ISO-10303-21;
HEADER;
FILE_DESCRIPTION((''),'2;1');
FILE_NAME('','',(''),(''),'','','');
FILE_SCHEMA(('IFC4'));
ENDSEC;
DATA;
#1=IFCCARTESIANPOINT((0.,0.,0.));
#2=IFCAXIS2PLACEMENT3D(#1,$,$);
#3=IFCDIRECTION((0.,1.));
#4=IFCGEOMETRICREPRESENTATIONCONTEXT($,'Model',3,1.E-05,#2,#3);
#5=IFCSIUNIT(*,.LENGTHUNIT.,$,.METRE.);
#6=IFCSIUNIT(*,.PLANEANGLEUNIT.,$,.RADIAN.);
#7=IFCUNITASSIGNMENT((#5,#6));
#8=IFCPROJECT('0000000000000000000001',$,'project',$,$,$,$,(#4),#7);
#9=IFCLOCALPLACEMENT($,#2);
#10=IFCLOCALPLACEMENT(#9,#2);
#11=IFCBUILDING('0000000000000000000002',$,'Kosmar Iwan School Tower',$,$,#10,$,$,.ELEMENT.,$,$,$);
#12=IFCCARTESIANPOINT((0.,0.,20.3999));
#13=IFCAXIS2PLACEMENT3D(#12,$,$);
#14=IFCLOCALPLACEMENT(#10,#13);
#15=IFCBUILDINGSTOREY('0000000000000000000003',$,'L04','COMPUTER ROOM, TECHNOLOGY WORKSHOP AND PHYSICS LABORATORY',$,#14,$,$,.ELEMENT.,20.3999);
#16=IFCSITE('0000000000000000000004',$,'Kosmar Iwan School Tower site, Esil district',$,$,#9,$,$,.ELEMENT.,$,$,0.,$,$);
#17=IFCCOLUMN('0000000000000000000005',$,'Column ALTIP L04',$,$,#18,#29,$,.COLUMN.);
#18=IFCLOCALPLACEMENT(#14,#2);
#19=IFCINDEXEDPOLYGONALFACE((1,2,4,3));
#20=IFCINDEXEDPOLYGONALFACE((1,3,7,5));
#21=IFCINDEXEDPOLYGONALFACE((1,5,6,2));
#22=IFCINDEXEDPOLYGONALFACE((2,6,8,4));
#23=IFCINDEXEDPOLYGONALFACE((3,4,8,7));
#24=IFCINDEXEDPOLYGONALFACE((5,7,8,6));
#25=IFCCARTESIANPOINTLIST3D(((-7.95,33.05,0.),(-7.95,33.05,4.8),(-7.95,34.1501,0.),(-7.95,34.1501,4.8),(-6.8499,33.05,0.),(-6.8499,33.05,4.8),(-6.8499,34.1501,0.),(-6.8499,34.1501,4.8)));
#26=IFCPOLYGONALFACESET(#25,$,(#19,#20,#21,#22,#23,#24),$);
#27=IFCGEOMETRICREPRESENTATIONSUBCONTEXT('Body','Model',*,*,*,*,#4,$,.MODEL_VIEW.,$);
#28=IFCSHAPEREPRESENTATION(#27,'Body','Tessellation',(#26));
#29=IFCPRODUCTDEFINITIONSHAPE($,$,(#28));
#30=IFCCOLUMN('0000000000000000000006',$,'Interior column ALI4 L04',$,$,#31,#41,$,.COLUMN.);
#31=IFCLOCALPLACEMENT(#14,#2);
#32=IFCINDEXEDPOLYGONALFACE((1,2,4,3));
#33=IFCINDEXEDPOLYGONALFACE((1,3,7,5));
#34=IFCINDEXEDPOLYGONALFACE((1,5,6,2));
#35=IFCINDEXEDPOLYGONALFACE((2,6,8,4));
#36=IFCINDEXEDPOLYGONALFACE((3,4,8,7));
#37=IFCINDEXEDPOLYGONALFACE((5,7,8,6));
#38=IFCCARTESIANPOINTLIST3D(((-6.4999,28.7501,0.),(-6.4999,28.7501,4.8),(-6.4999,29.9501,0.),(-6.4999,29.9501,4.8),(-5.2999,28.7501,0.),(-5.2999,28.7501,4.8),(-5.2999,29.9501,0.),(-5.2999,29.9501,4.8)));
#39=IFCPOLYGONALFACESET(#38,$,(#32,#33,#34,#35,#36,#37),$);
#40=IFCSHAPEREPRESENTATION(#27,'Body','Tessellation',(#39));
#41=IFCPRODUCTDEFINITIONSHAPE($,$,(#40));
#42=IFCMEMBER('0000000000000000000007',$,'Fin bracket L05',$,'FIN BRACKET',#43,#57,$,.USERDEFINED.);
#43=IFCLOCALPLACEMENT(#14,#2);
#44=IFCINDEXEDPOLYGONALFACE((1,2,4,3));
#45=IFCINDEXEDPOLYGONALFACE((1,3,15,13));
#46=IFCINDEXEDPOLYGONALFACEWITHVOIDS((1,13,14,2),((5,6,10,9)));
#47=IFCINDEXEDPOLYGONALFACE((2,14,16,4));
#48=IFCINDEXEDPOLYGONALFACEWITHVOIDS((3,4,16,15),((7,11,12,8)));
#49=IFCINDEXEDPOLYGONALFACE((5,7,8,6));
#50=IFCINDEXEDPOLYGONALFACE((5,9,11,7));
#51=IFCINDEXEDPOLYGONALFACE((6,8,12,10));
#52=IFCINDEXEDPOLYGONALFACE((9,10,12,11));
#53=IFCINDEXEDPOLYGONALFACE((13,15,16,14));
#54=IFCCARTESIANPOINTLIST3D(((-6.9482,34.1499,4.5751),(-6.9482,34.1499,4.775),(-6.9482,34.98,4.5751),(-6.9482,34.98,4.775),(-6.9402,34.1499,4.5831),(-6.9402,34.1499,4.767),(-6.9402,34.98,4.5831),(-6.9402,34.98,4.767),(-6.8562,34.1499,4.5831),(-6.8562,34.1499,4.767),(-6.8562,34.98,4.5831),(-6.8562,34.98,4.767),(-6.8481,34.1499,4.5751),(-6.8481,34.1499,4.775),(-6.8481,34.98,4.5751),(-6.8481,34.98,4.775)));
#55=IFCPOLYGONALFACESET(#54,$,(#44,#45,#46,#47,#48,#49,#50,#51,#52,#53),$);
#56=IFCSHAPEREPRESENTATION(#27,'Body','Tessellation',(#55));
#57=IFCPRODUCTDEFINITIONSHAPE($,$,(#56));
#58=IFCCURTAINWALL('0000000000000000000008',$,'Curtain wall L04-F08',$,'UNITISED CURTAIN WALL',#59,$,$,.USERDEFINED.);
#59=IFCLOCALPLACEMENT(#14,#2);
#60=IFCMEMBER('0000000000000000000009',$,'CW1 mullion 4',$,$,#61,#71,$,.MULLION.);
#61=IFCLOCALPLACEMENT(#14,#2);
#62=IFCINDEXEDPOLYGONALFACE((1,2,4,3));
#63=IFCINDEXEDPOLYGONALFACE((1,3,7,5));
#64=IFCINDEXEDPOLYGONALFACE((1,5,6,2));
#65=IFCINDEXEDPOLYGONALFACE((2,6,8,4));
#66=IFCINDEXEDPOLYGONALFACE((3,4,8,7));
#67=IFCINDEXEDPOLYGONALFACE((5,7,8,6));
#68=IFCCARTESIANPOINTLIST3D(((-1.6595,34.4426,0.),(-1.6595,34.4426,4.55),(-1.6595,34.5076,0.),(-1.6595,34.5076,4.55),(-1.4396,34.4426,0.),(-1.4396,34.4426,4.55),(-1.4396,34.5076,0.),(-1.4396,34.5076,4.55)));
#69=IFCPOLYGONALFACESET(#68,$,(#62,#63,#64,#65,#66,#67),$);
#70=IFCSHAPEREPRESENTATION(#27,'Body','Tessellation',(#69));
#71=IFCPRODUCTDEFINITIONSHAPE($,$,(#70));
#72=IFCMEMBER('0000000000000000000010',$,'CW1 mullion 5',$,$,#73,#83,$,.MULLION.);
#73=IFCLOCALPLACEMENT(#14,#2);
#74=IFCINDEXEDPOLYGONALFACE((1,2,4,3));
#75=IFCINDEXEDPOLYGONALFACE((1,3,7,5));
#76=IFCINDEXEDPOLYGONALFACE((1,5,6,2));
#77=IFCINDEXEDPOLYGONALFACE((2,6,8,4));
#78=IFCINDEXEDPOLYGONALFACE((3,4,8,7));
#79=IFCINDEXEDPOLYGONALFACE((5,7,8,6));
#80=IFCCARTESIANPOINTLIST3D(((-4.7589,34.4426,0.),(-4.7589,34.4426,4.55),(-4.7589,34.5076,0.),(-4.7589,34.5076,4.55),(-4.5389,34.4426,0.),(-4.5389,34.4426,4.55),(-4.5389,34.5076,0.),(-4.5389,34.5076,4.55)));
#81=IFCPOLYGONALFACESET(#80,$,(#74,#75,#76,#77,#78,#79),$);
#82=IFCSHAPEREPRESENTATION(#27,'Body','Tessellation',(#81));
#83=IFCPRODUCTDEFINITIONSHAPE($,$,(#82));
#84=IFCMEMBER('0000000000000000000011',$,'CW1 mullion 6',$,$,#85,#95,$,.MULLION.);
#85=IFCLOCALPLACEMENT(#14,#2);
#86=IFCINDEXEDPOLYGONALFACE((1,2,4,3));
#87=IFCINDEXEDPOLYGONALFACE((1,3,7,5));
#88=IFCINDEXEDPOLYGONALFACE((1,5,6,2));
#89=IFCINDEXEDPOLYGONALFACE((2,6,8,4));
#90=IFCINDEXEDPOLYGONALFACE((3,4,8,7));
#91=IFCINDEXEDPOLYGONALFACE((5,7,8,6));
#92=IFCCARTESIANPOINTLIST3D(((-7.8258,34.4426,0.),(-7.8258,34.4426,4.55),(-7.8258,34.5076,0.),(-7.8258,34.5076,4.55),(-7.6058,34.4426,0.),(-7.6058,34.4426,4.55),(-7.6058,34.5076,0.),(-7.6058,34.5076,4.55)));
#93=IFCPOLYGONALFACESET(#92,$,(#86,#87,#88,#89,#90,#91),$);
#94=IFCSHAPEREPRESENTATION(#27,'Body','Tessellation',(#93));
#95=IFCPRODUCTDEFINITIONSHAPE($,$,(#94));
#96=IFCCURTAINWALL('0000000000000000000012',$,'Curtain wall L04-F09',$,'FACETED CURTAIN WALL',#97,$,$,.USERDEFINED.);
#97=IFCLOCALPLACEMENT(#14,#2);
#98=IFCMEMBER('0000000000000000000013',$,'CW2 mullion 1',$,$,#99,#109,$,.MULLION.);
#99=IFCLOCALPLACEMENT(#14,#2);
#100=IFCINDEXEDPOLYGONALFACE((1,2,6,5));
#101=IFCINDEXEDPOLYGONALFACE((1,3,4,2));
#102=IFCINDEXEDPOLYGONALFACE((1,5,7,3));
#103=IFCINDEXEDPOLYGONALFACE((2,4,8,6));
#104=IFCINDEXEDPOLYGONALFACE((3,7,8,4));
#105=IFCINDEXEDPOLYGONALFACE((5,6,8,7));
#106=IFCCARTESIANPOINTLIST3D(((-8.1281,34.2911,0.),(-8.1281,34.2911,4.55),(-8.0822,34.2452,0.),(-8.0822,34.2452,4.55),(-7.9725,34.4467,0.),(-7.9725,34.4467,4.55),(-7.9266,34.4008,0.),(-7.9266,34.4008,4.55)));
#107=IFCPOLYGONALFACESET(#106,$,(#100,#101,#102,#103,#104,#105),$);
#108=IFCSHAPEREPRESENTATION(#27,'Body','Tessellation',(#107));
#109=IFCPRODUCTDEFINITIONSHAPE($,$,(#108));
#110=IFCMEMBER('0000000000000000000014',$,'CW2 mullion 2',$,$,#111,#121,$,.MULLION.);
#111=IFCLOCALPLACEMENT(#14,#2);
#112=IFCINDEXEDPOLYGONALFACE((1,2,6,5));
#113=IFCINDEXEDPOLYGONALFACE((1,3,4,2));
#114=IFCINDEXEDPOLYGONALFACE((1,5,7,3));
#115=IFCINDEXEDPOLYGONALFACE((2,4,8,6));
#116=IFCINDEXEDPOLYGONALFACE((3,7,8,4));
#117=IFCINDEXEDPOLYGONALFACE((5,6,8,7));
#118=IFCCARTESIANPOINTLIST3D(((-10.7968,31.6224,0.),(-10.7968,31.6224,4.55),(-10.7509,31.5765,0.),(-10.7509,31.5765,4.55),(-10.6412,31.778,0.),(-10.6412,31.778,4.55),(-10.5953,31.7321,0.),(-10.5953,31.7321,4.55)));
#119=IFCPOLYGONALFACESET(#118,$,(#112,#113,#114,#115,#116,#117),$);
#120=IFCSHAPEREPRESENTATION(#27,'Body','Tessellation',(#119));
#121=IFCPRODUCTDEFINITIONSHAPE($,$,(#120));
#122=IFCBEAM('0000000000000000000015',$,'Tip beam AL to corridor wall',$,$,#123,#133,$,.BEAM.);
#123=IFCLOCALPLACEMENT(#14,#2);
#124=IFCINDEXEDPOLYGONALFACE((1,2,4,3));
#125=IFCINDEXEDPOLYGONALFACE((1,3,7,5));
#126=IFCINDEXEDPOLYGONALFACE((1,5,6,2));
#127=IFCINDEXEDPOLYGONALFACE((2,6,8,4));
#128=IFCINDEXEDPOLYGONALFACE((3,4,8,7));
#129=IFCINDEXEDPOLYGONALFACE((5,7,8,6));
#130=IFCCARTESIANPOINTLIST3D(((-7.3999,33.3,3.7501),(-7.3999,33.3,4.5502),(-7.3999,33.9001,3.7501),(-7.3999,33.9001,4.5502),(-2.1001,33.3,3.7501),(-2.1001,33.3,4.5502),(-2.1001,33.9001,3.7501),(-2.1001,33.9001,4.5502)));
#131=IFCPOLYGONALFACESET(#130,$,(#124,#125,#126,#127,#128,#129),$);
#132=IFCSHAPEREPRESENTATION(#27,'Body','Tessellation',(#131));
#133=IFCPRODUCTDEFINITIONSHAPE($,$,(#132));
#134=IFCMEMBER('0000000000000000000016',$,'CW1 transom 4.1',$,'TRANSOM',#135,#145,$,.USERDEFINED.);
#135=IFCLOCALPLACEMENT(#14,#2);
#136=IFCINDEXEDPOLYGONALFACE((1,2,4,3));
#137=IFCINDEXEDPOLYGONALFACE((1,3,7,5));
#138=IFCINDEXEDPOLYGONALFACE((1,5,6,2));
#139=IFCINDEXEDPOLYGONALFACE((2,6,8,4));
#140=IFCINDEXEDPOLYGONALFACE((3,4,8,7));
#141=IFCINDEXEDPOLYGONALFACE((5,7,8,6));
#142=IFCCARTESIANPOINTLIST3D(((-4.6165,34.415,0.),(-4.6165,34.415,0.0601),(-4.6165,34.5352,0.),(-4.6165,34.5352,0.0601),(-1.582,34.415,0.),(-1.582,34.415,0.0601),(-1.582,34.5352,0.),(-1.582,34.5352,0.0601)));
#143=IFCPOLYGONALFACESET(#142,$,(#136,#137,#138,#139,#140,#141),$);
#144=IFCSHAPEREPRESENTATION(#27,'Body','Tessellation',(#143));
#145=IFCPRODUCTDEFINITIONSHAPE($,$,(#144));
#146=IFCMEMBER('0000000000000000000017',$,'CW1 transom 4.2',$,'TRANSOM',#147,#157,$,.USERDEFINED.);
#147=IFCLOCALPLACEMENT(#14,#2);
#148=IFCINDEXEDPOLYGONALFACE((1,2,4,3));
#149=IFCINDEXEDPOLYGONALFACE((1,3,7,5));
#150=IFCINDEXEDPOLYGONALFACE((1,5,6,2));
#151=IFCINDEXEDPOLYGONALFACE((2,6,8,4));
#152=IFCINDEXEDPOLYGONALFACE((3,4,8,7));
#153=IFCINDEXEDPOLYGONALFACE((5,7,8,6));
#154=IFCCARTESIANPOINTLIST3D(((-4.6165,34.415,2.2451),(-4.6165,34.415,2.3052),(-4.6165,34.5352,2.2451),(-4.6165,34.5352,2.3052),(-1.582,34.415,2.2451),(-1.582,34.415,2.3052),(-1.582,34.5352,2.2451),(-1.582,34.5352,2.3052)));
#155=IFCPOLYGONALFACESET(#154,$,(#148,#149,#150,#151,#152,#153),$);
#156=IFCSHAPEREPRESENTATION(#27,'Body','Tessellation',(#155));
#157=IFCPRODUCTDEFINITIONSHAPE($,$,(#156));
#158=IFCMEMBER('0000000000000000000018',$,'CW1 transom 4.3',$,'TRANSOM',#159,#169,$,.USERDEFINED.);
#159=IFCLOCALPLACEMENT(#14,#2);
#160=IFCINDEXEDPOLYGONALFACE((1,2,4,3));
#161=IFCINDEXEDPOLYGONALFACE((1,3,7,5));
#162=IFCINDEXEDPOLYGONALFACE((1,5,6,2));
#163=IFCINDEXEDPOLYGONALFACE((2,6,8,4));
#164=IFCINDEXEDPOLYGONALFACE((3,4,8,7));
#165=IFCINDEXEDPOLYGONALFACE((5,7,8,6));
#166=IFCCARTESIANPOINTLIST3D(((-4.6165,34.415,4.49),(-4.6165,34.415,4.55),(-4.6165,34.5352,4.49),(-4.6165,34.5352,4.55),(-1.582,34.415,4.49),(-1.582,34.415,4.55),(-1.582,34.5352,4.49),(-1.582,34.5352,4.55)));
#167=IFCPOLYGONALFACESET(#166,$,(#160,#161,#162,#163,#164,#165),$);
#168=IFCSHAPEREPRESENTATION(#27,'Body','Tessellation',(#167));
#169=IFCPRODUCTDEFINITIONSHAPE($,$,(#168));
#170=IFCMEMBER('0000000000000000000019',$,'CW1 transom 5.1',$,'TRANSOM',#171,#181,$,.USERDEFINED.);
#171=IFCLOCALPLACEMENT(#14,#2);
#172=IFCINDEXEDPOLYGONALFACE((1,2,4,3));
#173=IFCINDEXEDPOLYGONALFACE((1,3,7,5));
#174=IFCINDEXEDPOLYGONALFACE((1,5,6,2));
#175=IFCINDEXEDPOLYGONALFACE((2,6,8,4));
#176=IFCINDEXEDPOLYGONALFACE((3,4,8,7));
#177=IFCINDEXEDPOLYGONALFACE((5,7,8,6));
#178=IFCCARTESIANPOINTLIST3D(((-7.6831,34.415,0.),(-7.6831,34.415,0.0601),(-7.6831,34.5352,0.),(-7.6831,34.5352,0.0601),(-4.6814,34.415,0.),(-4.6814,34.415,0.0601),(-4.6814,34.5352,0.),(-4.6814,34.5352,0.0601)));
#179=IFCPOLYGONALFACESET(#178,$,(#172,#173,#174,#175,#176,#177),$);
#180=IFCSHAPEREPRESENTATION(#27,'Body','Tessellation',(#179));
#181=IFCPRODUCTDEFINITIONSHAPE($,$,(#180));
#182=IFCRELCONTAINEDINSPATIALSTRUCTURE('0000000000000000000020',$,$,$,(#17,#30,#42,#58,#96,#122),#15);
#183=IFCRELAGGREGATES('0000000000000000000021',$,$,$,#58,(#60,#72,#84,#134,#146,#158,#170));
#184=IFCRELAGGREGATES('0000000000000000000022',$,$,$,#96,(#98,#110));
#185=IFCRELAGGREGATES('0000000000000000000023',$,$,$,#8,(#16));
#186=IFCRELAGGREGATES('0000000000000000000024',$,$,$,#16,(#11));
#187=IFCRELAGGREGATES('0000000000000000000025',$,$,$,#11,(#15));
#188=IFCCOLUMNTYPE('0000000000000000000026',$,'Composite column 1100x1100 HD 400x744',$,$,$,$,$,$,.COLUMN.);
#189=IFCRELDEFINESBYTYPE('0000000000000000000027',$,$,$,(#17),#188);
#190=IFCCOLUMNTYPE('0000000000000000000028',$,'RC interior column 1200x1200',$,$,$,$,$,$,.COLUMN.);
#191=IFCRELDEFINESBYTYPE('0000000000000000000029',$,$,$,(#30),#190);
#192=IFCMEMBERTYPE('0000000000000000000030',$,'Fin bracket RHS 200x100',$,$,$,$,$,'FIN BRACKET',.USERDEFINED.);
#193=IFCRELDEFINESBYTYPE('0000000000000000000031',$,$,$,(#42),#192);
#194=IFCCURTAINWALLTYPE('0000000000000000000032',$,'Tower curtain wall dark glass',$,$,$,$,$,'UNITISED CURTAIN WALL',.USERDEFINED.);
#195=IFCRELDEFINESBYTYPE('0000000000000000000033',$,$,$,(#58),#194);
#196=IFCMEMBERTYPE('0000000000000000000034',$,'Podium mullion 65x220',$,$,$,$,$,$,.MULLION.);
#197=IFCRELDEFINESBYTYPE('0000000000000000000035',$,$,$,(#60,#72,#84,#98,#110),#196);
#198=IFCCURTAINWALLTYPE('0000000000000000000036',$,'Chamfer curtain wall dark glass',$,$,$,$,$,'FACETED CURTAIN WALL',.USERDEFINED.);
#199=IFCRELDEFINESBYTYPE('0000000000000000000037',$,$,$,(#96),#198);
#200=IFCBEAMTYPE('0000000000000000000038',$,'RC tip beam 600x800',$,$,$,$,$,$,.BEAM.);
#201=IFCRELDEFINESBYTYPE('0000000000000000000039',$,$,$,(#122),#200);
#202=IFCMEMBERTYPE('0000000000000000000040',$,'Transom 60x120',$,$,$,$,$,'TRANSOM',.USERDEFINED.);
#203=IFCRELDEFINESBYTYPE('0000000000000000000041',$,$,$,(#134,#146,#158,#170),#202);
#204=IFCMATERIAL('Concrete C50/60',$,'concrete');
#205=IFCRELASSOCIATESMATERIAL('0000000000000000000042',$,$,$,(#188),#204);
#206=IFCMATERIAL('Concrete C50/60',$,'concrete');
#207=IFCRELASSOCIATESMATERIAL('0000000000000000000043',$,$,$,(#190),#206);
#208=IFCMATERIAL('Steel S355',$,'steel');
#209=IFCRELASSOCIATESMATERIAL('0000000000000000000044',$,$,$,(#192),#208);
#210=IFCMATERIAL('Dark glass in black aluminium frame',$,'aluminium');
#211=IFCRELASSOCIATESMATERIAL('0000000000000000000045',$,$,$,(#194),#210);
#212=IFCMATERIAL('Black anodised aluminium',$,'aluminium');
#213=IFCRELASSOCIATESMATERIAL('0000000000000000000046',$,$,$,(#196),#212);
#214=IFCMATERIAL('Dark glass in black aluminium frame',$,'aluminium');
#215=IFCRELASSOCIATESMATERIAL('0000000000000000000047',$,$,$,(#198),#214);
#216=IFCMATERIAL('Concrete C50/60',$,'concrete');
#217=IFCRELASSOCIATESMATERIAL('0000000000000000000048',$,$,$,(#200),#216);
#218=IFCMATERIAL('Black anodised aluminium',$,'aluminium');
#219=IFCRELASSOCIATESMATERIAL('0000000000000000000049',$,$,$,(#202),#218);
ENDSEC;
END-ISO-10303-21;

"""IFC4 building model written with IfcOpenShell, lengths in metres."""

from ifc_helpers import new_model, si_unit, direction, frame, origin, origin_2d, place, context, subcontext, project, spatial, rectangle, hollow_rectangle, extrude, material, material_profile, profile_set, type_object, element, aggregate, save


model = new_model("IFC4")

# Units and contexts
model_context = context("Model", 3, precision=1e-05, world=origin(), true_north=direction((0.0, 1.0)))
body_context = subcontext(model_context, "Body", "Model", "MODEL_VIEW")
ifc_project = project(units=[si_unit("LENGTHUNIT", "METRE"), si_unit("PLANEANGLEUNIT", "RADIAN")], contexts=[model_context])

# Site, building, storey
site_placement = place(None, origin())
site = spatial("IfcSite", under=ifc_project, at=site_placement, Name="Kosmar Iwan School Tower site, Esil district", CompositionType="ELEMENT", RefElevation=0.0)
building_placement = place(site_placement, origin())
building = spatial("IfcBuilding", under=site, at=building_placement, Name="Kosmar Iwan School Tower", CompositionType="ELEMENT")
storey_placement = place(building_placement, frame((0.0, 0.0, 20.3999)))
storey = spatial("IfcBuildingStorey", under=building, at=storey_placement, Name="L04", Description="COMPUTER ROOM, TECHNOLOGY WORKSHOP AND PHYSICS LABORATORY", CompositionType="ELEMENT", Elevation=20.3999)

# Columns
ifc_material_1 = material(Name="Concrete C50/60", Category="concrete")
ifc_material_profile_1 = material_profile(ifc_material_1, rectangle(XDim=1.1001, YDim=1.1001, at=origin_2d()), Name="RC 1100x1100 + HD 400x744")
ifc_profile_set_1 = profile_set([ifc_material_profile_1], Name="Concrete C50/60")
column_type_1 = type_object("IfcColumnType", Name="Composite column 1100x1100 HD 400x744", PredefinedType="COLUMN", material=ifc_profile_set_1)
column_1_placement = place(storey_placement, frame((-7.3999, 33.6001, 0.0), z_axis=(0.0, 0.0, 1.0), x_axis=(0.0, 1.0, 0.0)))
element("IfcColumn", 1, at=column_1_placement, inside=storey, type_object=column_type_1, Name="Column ALTIP L04", PredefinedType="COLUMN", context=body_context, shape_type="SweptSolid", body=[
    extrude(rectangle(XDim=1.1001, YDim=1.1001, at=origin_2d()), origin(), (0.0, 0.0, 1.0), 4.8),
])
ifc_material_2 = material(Name="Concrete C50/60", Category="concrete")
ifc_material_profile_2 = material_profile(ifc_material_2, rectangle(XDim=1.2, YDim=1.2, at=origin_2d()), Name="RC 1200x1200")
ifc_profile_set_2 = profile_set([ifc_material_profile_2], Name="Concrete C50/60")
column_type_2 = type_object("IfcColumnType", Name="RC interior column 1200x1200", PredefinedType="COLUMN", material=ifc_profile_set_2)
column_2_placement = place(storey_placement, frame((-5.8999, 29.3501, 0.0), z_axis=(0.0, 0.0, 1.0), x_axis=(0.0, 1.0, 0.0)))
element("IfcColumn", 2, at=column_2_placement, inside=storey, type_object=column_type_2, Name="Interior column ALI4 L04", PredefinedType="COLUMN", context=body_context, shape_type="SweptSolid", body=[
    extrude(rectangle(XDim=1.2, YDim=1.2, at=origin_2d()), origin(), (0.0, 0.0, 1.0), 4.8),
])

# Member
ifc_material_3 = material(Name="Steel S355", Category="steel")
ifc_material_profile_3 = material_profile(ifc_material_3, hollow_rectangle(XDim=0.1001, YDim=0.2, WallThickness=0.0081, at=origin_2d()), Name="RHS 200x100x8")
ifc_profile_set_3 = profile_set([ifc_material_profile_3], Name="Steel S355")
member_type_1 = type_object("IfcMemberType", Name="Fin bracket RHS 200x100", ElementType="FIN BRACKET", PredefinedType="USERDEFINED", material=ifc_profile_set_3)
member_1_placement = place(storey_placement, frame((-6.8982, 34.1499, 4.675), z_axis=(0.0, 1.0, 0.0), x_axis=(-1.0, 0.0, 0.0)))
element("IfcMember", 3, at=member_1_placement, inside=storey, type_object=member_type_1, Name="Fin bracket L05", ObjectType="FIN BRACKET", PredefinedType="USERDEFINED", context=body_context, shape_type="SweptSolid", body=[
    extrude(hollow_rectangle(XDim=0.1001, YDim=0.2, WallThickness=0.0081, at=origin_2d()), origin(), (0.0, 0.0, 1.0), 0.8301),
])

# Curtain walls, members
ifc_material_4 = material(Name="Dark glass in black aluminium frame", Category="aluminium")
curtain_wall_type_1 = type_object("IfcCurtainWallType", Name="Tower curtain wall dark glass", ElementType="UNITISED CURTAIN WALL", PredefinedType="USERDEFINED", material=ifc_material_4)
curtain_wall_1_placement = place(storey_placement, origin())
curtain_wall_1 = element("IfcCurtainWall", 4, at=curtain_wall_1_placement, inside=storey, type_object=curtain_wall_type_1, Name="Curtain wall L04-F08", ObjectType="UNITISED CURTAIN WALL", PredefinedType="USERDEFINED")
ifc_material_5 = material(Name="Black anodised aluminium", Category="aluminium")
ifc_material_profile_4 = material_profile(ifc_material_5, rectangle(XDim=0.0649, YDim=0.22, at=origin_2d()), Name="MULLION 65x220")
ifc_profile_set_4 = profile_set([ifc_material_profile_4], Name="Black anodised aluminium")
member_type_2 = type_object("IfcMemberType", Name="Podium mullion 65x220", PredefinedType="MULLION", material=ifc_profile_set_4)
member_2_placement = place(storey_placement, frame((-1.5496, 34.4751, 0.0), z_axis=(0.0, 0.0, 1.0), x_axis=(0.0, -1.0, 0.0)))
member_2 = element("IfcMember", 5, at=member_2_placement, type_object=member_type_2, Name="CW1 mullion 4", PredefinedType="MULLION", context=body_context, shape_type="SweptSolid", body=[
    extrude(rectangle(XDim=0.0649, YDim=0.22, at=origin_2d()), origin(), (0.0, 0.0, 1.0), 4.55),
])
member_3_placement = place(storey_placement, frame((-4.6489, 34.4751, 0.0), z_axis=(0.0, 0.0, 1.0), x_axis=(0.0, -1.0, 0.0)))
member_3 = element("IfcMember", 6, at=member_3_placement, type_object=member_type_2, Name="CW1 mullion 5", PredefinedType="MULLION", context=body_context, shape_type="SweptSolid", body=[
    extrude(rectangle(XDim=0.0649, YDim=0.22, at=origin_2d()), origin(), (0.0, 0.0, 1.0), 4.55),
])
member_4_placement = place(storey_placement, frame((-7.7158, 34.4751, 0.0), z_axis=(0.0, 0.0, 1.0), x_axis=(0.0, -1.0, 0.0)))
member_4 = element("IfcMember", 7, at=member_4_placement, type_object=member_type_2, Name="CW1 mullion 6", PredefinedType="MULLION", context=body_context, shape_type="SweptSolid", body=[
    extrude(rectangle(XDim=0.0649, YDim=0.22, at=origin_2d()), origin(), (0.0, 0.0, 1.0), 4.55),
])
ifc_material_6 = material(Name="Dark glass in black aluminium frame", Category="aluminium")
curtain_wall_type_2 = type_object("IfcCurtainWallType", Name="Chamfer curtain wall dark glass", ElementType="FACETED CURTAIN WALL", PredefinedType="USERDEFINED", material=ifc_material_6)
curtain_wall_2_placement = place(storey_placement, origin())
curtain_wall_2 = element("IfcCurtainWall", 8, at=curtain_wall_2_placement, inside=storey, type_object=curtain_wall_type_2, Name="Curtain wall L04-F09", ObjectType="FACETED CURTAIN WALL", PredefinedType="USERDEFINED")
member_5_placement = place(storey_placement, frame((-8.0273, 34.3459, 0.0), z_axis=(0.0, 0.0, 1.0), x_axis=(0.707107, -0.707107, 0.0)))
member_5 = element("IfcMember", 9, at=member_5_placement, type_object=member_type_2, Name="CW2 mullion 1", PredefinedType="MULLION", context=body_context, shape_type="SweptSolid", body=[
    extrude(rectangle(XDim=0.0649, YDim=0.22, at=origin_2d()), origin(), (0.0, 0.0, 1.0), 4.55),
])
member_6_placement = place(storey_placement, frame((-10.696, 31.6772, 0.0), z_axis=(0.0, 0.0, 1.0), x_axis=(0.707107, -0.707107, 0.0)))
member_6 = element("IfcMember", 10, at=member_6_placement, type_object=member_type_2, Name="CW2 mullion 2", PredefinedType="MULLION", context=body_context, shape_type="SweptSolid", body=[
    extrude(rectangle(XDim=0.0649, YDim=0.22, at=origin_2d()), origin(), (0.0, 0.0, 1.0), 4.55),
])

# Beam
ifc_material_7 = material(Name="Concrete C50/60", Category="concrete")
ifc_material_profile_5 = material_profile(ifc_material_7, rectangle(XDim=0.6001, YDim=0.8, at=origin_2d()), Name="RC 600x800")
ifc_profile_set_5 = profile_set([ifc_material_profile_5], Name="Concrete C50/60")
beam_type = type_object("IfcBeamType", Name="RC tip beam 600x800", PredefinedType="BEAM", material=ifc_profile_set_5)
beam_placement = place(storey_placement, frame((-7.3999, 33.6001, 4.1501), z_axis=(1.0, 0.0, 0.0), x_axis=(0.0, 1.0, 0.0)))
element("IfcBeam", 11, at=beam_placement, inside=storey, type_object=beam_type, Name="Tip beam AL to corridor wall", PredefinedType="BEAM", context=body_context, shape_type="SweptSolid", body=[
    extrude(rectangle(XDim=0.6001, YDim=0.8, at=origin_2d()), origin(), (0.0, 0.0, 1.0), 5.2998),
])

# Members
ifc_material_8 = material(Name="Black anodised aluminium", Category="aluminium")
ifc_material_profile_6 = material_profile(ifc_material_8, rectangle(XDim=0.1201, YDim=0.0601, at=origin_2d()), Name="TRANSOM 60x120")
ifc_profile_set_6 = profile_set([ifc_material_profile_6], Name="Black anodised aluminium")
member_type_3 = type_object("IfcMemberType", Name="Transom 60x120", ElementType="TRANSOM", PredefinedType="USERDEFINED", material=ifc_profile_set_6)
member_7_placement = place(storey_placement, frame((-1.582, 34.4751, 0.03), z_axis=(-1.0, 0.0, 0.0), x_axis=(0.0, -1.0, 0.0)))
member_7 = element("IfcMember", 12, at=member_7_placement, type_object=member_type_3, Name="CW1 transom 4.1", ObjectType="TRANSOM", PredefinedType="USERDEFINED", context=body_context, shape_type="SweptSolid", body=[
    extrude(rectangle(XDim=0.1201, YDim=0.0601, at=origin_2d()), origin(), (0.0, 0.0, 1.0), 3.0344),
])
member_8_placement = place(storey_placement, frame((-1.582, 34.4751, 2.2751), z_axis=(-1.0, 0.0, 0.0), x_axis=(0.0, -1.0, 0.0)))
member_8 = element("IfcMember", 13, at=member_8_placement, type_object=member_type_3, Name="CW1 transom 4.2", ObjectType="TRANSOM", PredefinedType="USERDEFINED", context=body_context, shape_type="SweptSolid", body=[
    extrude(rectangle(XDim=0.1201, YDim=0.0601, at=origin_2d()), origin(), (0.0, 0.0, 1.0), 3.0344),
])
member_9_placement = place(storey_placement, frame((-1.582, 34.4751, 4.52), z_axis=(-1.0, 0.0, 0.0), x_axis=(0.0, -1.0, 0.0)))
member_9 = element("IfcMember", 14, at=member_9_placement, type_object=member_type_3, Name="CW1 transom 4.3", ObjectType="TRANSOM", PredefinedType="USERDEFINED", context=body_context, shape_type="SweptSolid", body=[
    extrude(rectangle(XDim=0.1201, YDim=0.0601, at=origin_2d()), origin(), (0.0, 0.0, 1.0), 3.0344),
])
member_10_placement = place(storey_placement, frame((-4.6814, 34.4751, 0.03), z_axis=(-1.0, 0.0, 0.0), x_axis=(0.0, -1.0, 0.0)))
member_10 = element("IfcMember", 15, at=member_10_placement, type_object=member_type_3, Name="CW1 transom 5.1", ObjectType="TRANSOM", PredefinedType="USERDEFINED", context=body_context, shape_type="SweptSolid", body=[
    extrude(rectangle(XDim=0.1201, YDim=0.0601, at=origin_2d()), origin(), (0.0, 0.0, 1.0), 3.0017),
])

aggregate(curtain_wall_1, [member_2, member_3, member_4, member_7, member_8, member_9, member_10])
aggregate(curtain_wall_2, [member_5, member_6])

save(model, "model.ifc")
